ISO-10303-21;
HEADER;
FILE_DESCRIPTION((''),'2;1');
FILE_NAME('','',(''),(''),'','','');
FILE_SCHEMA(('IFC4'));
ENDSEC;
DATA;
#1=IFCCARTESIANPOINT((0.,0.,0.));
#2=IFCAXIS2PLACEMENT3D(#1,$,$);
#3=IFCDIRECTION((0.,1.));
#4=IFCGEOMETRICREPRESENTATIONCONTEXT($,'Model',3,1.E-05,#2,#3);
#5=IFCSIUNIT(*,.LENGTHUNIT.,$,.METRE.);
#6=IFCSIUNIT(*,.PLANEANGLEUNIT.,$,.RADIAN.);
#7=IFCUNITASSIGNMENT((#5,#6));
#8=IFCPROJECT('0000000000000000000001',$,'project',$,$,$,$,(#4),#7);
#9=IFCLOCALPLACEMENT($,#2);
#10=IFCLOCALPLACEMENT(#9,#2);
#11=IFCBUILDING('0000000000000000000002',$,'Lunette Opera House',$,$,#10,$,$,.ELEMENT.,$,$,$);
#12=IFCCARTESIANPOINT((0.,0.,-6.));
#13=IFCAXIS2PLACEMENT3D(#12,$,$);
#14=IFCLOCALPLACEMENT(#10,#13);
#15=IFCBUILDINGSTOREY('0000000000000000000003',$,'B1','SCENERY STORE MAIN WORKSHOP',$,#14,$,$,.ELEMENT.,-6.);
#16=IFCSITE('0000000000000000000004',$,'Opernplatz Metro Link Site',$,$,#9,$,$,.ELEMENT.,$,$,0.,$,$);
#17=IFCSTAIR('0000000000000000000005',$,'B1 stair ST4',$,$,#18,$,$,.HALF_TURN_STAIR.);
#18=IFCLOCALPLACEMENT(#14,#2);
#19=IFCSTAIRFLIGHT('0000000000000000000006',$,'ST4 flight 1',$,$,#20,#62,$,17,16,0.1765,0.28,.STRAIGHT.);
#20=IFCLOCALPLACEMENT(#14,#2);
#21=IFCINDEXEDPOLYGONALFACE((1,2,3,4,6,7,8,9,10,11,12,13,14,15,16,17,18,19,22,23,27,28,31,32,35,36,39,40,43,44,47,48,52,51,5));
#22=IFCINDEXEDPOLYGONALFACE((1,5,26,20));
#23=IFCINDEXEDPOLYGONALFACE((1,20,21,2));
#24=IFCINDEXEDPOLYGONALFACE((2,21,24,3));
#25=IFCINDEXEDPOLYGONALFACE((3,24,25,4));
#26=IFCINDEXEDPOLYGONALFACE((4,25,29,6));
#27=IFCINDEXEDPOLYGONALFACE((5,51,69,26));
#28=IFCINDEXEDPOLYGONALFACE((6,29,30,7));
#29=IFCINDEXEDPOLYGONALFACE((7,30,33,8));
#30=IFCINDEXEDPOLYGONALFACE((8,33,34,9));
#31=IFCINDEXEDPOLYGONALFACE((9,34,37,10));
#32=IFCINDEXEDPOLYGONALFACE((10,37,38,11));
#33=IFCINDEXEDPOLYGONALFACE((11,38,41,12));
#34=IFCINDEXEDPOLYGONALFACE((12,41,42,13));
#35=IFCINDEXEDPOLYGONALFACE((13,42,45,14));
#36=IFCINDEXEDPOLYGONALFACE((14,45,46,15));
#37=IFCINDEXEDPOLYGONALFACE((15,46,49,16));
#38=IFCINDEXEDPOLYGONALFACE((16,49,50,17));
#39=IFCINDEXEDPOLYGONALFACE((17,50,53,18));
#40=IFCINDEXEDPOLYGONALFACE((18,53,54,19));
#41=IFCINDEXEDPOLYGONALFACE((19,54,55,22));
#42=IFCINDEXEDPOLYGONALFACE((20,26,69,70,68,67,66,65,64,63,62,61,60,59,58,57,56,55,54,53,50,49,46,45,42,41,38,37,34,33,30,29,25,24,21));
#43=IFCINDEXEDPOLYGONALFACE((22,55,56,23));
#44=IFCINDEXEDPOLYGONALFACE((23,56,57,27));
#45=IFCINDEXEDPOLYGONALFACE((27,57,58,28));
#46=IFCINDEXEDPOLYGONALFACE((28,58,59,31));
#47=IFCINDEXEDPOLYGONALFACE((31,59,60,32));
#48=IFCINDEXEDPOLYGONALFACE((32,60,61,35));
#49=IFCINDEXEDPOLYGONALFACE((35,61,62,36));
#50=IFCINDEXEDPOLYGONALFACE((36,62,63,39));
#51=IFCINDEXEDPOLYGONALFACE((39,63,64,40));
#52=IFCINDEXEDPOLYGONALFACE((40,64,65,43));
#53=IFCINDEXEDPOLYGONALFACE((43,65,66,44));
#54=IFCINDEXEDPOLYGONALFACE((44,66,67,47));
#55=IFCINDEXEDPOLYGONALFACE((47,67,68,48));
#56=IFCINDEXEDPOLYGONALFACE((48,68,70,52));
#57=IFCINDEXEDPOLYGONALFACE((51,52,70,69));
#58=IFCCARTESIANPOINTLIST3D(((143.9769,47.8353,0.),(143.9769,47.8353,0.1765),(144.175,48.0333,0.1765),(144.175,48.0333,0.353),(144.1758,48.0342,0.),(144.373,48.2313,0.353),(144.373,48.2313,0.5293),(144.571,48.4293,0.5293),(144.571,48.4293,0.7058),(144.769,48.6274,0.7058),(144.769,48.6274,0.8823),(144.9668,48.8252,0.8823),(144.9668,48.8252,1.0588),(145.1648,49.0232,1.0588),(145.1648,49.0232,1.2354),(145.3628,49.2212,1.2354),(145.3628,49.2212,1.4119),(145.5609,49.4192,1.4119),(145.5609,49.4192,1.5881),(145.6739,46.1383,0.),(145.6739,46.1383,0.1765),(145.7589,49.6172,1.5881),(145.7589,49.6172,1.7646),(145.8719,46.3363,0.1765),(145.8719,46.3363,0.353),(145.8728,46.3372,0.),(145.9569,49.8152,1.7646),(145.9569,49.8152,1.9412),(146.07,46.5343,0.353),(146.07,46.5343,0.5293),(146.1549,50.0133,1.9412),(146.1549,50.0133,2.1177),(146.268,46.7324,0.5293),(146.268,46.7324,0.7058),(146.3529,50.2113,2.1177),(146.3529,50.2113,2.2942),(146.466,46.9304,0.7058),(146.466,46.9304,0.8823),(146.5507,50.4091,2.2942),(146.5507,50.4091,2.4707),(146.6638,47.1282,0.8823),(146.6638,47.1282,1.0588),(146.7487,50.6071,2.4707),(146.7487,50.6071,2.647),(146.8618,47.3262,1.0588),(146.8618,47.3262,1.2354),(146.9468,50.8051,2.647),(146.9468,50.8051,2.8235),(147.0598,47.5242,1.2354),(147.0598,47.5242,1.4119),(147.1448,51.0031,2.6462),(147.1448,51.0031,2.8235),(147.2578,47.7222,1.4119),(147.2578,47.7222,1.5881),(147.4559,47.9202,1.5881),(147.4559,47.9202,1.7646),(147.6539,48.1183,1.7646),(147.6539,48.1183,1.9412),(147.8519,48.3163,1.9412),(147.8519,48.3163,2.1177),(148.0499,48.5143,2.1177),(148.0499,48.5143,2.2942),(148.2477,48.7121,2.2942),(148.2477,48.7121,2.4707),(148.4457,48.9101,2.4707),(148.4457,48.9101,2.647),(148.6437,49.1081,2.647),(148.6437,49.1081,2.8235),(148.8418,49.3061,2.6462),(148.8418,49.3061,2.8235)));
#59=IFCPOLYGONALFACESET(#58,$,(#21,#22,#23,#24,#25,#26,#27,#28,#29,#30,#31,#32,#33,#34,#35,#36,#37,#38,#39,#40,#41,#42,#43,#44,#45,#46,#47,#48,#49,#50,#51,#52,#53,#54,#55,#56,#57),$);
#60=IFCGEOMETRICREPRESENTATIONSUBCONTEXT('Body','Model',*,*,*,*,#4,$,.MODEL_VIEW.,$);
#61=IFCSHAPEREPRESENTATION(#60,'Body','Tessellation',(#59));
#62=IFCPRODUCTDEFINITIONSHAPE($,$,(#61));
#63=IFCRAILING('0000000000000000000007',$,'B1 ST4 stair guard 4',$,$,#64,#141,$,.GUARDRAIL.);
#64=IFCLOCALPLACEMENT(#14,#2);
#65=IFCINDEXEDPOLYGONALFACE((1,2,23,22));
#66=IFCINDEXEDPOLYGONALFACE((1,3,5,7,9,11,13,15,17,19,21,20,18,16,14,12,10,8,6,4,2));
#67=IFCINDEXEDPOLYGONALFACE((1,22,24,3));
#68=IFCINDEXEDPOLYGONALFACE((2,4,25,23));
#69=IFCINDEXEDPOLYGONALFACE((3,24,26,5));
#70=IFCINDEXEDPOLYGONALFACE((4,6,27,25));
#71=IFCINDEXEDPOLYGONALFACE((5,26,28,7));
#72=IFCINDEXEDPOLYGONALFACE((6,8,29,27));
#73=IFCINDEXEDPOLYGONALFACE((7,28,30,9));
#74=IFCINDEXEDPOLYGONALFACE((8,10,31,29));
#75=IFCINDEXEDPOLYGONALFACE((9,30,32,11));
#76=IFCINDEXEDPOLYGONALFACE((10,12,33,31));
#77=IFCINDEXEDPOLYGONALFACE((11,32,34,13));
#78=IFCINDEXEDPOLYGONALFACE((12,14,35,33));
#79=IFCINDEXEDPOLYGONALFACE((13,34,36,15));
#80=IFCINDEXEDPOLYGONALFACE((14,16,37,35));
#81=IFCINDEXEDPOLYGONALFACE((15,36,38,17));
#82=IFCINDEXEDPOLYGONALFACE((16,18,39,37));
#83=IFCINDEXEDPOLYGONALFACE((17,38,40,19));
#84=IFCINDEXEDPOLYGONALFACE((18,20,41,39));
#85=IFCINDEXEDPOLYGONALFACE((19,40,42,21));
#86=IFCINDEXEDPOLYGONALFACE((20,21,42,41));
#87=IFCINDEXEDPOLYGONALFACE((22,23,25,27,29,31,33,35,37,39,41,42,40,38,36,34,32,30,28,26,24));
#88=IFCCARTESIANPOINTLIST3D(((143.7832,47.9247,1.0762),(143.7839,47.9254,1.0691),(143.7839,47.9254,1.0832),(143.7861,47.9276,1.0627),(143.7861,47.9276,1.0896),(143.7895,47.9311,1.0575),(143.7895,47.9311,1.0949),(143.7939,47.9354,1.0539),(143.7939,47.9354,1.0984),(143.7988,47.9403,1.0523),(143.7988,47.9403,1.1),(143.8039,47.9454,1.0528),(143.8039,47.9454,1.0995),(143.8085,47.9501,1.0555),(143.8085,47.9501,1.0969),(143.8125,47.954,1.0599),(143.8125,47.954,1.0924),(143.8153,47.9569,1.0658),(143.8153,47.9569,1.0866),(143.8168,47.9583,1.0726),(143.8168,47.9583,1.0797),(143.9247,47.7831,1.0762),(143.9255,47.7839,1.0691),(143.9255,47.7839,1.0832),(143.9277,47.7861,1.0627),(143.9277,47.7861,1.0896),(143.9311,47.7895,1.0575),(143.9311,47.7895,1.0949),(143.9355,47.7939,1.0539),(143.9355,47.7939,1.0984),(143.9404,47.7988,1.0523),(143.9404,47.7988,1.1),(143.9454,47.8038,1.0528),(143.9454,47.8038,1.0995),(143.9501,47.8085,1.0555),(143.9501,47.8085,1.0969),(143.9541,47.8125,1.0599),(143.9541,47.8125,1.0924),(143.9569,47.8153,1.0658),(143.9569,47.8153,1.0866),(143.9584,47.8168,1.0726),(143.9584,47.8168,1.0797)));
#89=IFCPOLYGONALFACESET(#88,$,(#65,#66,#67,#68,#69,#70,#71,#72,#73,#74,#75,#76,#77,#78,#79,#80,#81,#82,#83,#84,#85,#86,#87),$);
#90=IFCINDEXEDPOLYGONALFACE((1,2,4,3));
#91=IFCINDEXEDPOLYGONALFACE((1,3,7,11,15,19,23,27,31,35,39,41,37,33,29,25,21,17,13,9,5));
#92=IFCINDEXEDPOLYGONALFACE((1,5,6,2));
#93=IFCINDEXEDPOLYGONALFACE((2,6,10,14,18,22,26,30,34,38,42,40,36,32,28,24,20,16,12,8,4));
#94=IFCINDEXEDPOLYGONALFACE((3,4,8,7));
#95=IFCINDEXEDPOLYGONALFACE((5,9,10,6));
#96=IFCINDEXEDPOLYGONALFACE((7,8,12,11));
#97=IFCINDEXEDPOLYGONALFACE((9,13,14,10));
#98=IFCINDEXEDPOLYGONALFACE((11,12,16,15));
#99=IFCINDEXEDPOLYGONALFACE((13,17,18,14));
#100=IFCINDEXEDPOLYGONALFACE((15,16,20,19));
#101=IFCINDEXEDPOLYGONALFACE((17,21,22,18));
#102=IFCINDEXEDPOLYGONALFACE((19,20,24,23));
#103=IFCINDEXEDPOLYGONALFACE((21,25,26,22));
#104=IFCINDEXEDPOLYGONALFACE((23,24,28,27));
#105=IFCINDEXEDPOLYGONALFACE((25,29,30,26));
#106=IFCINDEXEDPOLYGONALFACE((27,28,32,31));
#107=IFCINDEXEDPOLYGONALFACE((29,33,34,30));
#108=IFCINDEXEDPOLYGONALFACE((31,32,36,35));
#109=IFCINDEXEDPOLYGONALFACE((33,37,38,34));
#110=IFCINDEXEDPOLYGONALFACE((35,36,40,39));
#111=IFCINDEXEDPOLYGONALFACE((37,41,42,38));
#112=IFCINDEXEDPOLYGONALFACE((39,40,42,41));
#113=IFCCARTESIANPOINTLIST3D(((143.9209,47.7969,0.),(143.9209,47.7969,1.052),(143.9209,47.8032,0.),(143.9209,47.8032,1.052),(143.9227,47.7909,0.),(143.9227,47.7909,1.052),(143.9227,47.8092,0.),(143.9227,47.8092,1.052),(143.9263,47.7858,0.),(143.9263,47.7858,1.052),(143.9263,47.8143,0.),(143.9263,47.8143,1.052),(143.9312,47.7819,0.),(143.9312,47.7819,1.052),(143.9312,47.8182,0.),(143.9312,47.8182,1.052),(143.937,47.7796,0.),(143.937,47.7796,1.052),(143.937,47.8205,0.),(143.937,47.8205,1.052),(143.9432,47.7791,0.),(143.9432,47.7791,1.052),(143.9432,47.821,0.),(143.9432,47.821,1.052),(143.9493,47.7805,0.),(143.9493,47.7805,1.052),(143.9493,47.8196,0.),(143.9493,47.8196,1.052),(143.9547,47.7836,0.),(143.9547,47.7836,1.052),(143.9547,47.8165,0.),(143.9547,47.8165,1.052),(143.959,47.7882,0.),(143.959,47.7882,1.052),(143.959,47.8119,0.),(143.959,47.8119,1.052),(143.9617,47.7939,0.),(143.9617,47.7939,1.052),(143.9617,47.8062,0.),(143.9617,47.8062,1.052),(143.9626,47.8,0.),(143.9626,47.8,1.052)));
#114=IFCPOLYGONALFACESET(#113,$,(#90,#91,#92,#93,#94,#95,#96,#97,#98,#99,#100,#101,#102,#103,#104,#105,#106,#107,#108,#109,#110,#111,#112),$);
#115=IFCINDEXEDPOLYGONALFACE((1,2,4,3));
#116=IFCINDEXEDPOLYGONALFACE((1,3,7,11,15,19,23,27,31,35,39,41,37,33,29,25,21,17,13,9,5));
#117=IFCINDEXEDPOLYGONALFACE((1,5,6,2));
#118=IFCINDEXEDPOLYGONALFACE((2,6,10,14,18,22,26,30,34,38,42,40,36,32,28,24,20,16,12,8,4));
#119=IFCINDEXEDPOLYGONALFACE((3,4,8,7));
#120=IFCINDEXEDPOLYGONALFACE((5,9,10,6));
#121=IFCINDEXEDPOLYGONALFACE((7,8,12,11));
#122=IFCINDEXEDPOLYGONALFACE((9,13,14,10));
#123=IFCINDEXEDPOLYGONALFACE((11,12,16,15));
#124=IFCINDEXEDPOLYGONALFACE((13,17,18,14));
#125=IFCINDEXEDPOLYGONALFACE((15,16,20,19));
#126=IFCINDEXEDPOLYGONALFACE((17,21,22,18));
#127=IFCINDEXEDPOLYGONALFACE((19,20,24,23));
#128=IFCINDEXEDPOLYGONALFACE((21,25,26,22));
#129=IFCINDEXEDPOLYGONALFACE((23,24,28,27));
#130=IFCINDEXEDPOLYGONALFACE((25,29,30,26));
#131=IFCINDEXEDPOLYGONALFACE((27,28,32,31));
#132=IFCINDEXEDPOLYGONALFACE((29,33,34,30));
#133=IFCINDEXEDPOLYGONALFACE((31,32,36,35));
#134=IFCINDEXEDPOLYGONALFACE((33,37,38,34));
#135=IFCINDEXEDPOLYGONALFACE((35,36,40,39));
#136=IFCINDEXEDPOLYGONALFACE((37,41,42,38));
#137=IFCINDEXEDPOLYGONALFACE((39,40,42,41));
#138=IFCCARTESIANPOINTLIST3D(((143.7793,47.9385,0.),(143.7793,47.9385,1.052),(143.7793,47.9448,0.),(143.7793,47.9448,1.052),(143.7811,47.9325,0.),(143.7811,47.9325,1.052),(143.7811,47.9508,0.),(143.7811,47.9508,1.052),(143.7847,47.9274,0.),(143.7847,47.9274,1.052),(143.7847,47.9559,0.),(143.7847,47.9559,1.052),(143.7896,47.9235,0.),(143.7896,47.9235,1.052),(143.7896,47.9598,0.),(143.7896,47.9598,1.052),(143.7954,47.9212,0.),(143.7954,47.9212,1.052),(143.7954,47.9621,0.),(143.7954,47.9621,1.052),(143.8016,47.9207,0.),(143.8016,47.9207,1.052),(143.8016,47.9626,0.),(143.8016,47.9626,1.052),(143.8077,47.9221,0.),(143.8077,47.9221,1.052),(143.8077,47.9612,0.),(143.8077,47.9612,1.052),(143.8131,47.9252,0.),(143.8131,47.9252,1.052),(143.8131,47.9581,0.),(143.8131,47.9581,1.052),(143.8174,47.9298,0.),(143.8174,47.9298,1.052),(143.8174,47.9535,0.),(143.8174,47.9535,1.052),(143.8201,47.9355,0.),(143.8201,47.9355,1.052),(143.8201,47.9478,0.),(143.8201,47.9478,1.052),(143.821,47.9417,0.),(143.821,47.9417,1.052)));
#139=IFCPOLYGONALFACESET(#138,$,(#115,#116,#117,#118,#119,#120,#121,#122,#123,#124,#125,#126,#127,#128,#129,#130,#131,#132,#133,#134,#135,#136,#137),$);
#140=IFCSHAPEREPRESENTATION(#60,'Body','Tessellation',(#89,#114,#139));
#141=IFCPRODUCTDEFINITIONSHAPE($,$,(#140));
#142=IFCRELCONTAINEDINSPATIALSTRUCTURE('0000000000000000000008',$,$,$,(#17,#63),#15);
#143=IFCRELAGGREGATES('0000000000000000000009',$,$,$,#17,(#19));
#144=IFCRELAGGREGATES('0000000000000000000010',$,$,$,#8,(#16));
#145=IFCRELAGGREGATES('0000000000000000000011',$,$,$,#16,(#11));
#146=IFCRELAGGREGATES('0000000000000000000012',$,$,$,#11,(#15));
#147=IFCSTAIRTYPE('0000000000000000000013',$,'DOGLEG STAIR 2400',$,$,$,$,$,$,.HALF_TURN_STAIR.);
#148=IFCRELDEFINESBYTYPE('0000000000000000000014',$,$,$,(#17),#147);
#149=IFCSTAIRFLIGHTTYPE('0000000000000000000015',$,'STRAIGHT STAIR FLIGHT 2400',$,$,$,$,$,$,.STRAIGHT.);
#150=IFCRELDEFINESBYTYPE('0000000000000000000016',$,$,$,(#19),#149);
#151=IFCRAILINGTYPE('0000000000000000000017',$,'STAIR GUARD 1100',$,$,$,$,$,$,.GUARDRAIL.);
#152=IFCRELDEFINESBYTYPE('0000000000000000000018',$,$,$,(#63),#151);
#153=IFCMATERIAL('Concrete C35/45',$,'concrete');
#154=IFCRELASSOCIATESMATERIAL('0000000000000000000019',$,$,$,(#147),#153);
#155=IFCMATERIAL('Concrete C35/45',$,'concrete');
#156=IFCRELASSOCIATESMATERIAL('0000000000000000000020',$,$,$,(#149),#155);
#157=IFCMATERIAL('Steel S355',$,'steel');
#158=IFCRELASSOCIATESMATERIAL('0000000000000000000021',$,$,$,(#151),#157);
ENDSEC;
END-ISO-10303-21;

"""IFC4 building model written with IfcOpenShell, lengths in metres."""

from ifc_helpers import new_model, si_unit, direction, frame, origin, origin_2d, place, context, subcontext, project, spatial, polyline, circle, outline, extrude, material, type_object, element, aggregate, save


model = new_model("IFC4")

# Units and contexts
model_context = context("Model", 3, precision=1e-05, world=origin(), true_north=direction((0.0, 1.0)))
body_context = subcontext(model_context, "Body", "Model", "MODEL_VIEW")
ifc_project = project(units=[si_unit("LENGTHUNIT", "METRE"), si_unit("PLANEANGLEUNIT", "RADIAN")], contexts=[model_context])

# Site, building, storey
site_placement = place(None, origin())
site = spatial("IfcSite", under=ifc_project, at=site_placement, Name="Opernplatz Metro Link Site", CompositionType="ELEMENT", RefElevation=0.0)
building_placement = place(site_placement, origin())
building = spatial("IfcBuilding", under=site, at=building_placement, Name="Lunette Opera House", CompositionType="ELEMENT")
storey_placement = place(building_placement, frame((0.0, 0.0, -6.0)))
storey = spatial("IfcBuildingStorey", under=building, at=storey_placement, Name="B1", Description="SCENERY STORE MAIN WORKSHOP", CompositionType="ELEMENT", Elevation=-6.0)

# Stair, stair flight
ifc_material_1 = material(Name="Concrete C35/45", Category="concrete")
stair_type = type_object("IfcStairType", Name="DOGLEG STAIR 2400", PredefinedType="HALF_TURN_STAIR", material=ifc_material_1)
stair_placement = place(storey_placement, origin())
stair = element("IfcStair", 1, at=stair_placement, inside=storey, type_object=stair_type, Name="B1 stair ST4", PredefinedType="HALF_TURN_STAIR")
ifc_material_2 = material(Name="Concrete C35/45", Category="concrete")
stair_flight_type = type_object("IfcStairFlightType", Name="STRAIGHT STAIR FLIGHT 2400", PredefinedType="STRAIGHT", material=ifc_material_2)
stair_flight_placement = place(storey_placement, frame((144.8254, 46.9868, 0.0), z_axis=(0.0, 0.0, 1.0), x_axis=(0.707107, 0.707107, 0.0)))
stair_flight = element("IfcStairFlight", 2, at=stair_flight_placement, type_object=stair_flight_type, Name="ST4 flight 1", NumberOfRisers=17, NumberOfTreads=16, PredefinedType="STRAIGHT", RiserHeight=0.1765, TreadLength=0.28, context=body_context, shape_type="SweptSolid", body=[
    extrude(outline(polyline([(0.0, 0.0), (0.0, 0.1765), (0.28, 0.1765), (0.28, 0.353), (0.5601, 0.353), (0.5601, 0.5293), (0.8401, 0.5293), (0.8401, 0.7058), (1.1201, 0.7058), (1.1201, 0.8823), (1.3999, 0.8823), (1.3999, 1.0588), (1.6799, 1.0588), (1.6799, 1.2354), (1.96, 1.2354), (1.96, 1.4119), (2.24, 1.4119), (2.24, 1.5881), (2.52, 1.5881), (2.52, 1.7646), (2.8, 1.7646), (2.8, 1.9412), (3.0801, 1.9412), (3.0801, 2.1177), (3.3601, 2.1177), (3.3601, 2.2942), (3.6399, 2.2942), (3.6399, 2.4707), (3.9199, 2.4707), (3.9199, 2.647), (4.2, 2.647), (4.2, 2.8235), (4.48, 2.8235), (4.48, 3.0), (4.48, 2.6462), (0.2812, 0.0), (0.0, 0.0)])), frame((0.0, 1.2, 0.0), z_axis=(0.0, -1.0, 0.0), x_axis=(1.0, 0.0, 0.0)), (0.0, 0.0, 1.0), 2.3999),
])
aggregate(stair, [stair_flight])

# Railing
ifc_material_3 = material(Name="Steel S355", Category="steel")
railing_type_1 = type_object("IfcRailingType", Name="STAIR GUARD 1100", PredefinedType="GUARDRAIL", material=ifc_material_3)
railing_1_placement = place(storey_placement, frame((143.9417, 47.8, 0.0)))
element("IfcRailing", 3, at=railing_1_placement, inside=storey, type_object=railing_type_1, Name="B1 ST4 stair guard 4", PredefinedType="GUARDRAIL", context=body_context, shape_type="SweptSolid", body=[
    extrude(circle(Radius=0.0239, at=origin_2d()), frame((0.0, 0.0, 1.0762), z_axis=(-0.707107, 0.707107, 0.0), x_axis=(-0.707107, -0.707107, 0.0)), (0.0, 0.0, 1.0), 0.2002),
    extrude(circle(Radius=0.021, at=origin_2d()), origin(), (0.0, 0.0, 1.0), 1.052),
    extrude(circle(Radius=0.021, at=origin_2d()), frame((-0.1416, 0.1416, 0.0)), (0.0, 0.0, 1.0), 1.052),
])

save(model, "model.ifc")
